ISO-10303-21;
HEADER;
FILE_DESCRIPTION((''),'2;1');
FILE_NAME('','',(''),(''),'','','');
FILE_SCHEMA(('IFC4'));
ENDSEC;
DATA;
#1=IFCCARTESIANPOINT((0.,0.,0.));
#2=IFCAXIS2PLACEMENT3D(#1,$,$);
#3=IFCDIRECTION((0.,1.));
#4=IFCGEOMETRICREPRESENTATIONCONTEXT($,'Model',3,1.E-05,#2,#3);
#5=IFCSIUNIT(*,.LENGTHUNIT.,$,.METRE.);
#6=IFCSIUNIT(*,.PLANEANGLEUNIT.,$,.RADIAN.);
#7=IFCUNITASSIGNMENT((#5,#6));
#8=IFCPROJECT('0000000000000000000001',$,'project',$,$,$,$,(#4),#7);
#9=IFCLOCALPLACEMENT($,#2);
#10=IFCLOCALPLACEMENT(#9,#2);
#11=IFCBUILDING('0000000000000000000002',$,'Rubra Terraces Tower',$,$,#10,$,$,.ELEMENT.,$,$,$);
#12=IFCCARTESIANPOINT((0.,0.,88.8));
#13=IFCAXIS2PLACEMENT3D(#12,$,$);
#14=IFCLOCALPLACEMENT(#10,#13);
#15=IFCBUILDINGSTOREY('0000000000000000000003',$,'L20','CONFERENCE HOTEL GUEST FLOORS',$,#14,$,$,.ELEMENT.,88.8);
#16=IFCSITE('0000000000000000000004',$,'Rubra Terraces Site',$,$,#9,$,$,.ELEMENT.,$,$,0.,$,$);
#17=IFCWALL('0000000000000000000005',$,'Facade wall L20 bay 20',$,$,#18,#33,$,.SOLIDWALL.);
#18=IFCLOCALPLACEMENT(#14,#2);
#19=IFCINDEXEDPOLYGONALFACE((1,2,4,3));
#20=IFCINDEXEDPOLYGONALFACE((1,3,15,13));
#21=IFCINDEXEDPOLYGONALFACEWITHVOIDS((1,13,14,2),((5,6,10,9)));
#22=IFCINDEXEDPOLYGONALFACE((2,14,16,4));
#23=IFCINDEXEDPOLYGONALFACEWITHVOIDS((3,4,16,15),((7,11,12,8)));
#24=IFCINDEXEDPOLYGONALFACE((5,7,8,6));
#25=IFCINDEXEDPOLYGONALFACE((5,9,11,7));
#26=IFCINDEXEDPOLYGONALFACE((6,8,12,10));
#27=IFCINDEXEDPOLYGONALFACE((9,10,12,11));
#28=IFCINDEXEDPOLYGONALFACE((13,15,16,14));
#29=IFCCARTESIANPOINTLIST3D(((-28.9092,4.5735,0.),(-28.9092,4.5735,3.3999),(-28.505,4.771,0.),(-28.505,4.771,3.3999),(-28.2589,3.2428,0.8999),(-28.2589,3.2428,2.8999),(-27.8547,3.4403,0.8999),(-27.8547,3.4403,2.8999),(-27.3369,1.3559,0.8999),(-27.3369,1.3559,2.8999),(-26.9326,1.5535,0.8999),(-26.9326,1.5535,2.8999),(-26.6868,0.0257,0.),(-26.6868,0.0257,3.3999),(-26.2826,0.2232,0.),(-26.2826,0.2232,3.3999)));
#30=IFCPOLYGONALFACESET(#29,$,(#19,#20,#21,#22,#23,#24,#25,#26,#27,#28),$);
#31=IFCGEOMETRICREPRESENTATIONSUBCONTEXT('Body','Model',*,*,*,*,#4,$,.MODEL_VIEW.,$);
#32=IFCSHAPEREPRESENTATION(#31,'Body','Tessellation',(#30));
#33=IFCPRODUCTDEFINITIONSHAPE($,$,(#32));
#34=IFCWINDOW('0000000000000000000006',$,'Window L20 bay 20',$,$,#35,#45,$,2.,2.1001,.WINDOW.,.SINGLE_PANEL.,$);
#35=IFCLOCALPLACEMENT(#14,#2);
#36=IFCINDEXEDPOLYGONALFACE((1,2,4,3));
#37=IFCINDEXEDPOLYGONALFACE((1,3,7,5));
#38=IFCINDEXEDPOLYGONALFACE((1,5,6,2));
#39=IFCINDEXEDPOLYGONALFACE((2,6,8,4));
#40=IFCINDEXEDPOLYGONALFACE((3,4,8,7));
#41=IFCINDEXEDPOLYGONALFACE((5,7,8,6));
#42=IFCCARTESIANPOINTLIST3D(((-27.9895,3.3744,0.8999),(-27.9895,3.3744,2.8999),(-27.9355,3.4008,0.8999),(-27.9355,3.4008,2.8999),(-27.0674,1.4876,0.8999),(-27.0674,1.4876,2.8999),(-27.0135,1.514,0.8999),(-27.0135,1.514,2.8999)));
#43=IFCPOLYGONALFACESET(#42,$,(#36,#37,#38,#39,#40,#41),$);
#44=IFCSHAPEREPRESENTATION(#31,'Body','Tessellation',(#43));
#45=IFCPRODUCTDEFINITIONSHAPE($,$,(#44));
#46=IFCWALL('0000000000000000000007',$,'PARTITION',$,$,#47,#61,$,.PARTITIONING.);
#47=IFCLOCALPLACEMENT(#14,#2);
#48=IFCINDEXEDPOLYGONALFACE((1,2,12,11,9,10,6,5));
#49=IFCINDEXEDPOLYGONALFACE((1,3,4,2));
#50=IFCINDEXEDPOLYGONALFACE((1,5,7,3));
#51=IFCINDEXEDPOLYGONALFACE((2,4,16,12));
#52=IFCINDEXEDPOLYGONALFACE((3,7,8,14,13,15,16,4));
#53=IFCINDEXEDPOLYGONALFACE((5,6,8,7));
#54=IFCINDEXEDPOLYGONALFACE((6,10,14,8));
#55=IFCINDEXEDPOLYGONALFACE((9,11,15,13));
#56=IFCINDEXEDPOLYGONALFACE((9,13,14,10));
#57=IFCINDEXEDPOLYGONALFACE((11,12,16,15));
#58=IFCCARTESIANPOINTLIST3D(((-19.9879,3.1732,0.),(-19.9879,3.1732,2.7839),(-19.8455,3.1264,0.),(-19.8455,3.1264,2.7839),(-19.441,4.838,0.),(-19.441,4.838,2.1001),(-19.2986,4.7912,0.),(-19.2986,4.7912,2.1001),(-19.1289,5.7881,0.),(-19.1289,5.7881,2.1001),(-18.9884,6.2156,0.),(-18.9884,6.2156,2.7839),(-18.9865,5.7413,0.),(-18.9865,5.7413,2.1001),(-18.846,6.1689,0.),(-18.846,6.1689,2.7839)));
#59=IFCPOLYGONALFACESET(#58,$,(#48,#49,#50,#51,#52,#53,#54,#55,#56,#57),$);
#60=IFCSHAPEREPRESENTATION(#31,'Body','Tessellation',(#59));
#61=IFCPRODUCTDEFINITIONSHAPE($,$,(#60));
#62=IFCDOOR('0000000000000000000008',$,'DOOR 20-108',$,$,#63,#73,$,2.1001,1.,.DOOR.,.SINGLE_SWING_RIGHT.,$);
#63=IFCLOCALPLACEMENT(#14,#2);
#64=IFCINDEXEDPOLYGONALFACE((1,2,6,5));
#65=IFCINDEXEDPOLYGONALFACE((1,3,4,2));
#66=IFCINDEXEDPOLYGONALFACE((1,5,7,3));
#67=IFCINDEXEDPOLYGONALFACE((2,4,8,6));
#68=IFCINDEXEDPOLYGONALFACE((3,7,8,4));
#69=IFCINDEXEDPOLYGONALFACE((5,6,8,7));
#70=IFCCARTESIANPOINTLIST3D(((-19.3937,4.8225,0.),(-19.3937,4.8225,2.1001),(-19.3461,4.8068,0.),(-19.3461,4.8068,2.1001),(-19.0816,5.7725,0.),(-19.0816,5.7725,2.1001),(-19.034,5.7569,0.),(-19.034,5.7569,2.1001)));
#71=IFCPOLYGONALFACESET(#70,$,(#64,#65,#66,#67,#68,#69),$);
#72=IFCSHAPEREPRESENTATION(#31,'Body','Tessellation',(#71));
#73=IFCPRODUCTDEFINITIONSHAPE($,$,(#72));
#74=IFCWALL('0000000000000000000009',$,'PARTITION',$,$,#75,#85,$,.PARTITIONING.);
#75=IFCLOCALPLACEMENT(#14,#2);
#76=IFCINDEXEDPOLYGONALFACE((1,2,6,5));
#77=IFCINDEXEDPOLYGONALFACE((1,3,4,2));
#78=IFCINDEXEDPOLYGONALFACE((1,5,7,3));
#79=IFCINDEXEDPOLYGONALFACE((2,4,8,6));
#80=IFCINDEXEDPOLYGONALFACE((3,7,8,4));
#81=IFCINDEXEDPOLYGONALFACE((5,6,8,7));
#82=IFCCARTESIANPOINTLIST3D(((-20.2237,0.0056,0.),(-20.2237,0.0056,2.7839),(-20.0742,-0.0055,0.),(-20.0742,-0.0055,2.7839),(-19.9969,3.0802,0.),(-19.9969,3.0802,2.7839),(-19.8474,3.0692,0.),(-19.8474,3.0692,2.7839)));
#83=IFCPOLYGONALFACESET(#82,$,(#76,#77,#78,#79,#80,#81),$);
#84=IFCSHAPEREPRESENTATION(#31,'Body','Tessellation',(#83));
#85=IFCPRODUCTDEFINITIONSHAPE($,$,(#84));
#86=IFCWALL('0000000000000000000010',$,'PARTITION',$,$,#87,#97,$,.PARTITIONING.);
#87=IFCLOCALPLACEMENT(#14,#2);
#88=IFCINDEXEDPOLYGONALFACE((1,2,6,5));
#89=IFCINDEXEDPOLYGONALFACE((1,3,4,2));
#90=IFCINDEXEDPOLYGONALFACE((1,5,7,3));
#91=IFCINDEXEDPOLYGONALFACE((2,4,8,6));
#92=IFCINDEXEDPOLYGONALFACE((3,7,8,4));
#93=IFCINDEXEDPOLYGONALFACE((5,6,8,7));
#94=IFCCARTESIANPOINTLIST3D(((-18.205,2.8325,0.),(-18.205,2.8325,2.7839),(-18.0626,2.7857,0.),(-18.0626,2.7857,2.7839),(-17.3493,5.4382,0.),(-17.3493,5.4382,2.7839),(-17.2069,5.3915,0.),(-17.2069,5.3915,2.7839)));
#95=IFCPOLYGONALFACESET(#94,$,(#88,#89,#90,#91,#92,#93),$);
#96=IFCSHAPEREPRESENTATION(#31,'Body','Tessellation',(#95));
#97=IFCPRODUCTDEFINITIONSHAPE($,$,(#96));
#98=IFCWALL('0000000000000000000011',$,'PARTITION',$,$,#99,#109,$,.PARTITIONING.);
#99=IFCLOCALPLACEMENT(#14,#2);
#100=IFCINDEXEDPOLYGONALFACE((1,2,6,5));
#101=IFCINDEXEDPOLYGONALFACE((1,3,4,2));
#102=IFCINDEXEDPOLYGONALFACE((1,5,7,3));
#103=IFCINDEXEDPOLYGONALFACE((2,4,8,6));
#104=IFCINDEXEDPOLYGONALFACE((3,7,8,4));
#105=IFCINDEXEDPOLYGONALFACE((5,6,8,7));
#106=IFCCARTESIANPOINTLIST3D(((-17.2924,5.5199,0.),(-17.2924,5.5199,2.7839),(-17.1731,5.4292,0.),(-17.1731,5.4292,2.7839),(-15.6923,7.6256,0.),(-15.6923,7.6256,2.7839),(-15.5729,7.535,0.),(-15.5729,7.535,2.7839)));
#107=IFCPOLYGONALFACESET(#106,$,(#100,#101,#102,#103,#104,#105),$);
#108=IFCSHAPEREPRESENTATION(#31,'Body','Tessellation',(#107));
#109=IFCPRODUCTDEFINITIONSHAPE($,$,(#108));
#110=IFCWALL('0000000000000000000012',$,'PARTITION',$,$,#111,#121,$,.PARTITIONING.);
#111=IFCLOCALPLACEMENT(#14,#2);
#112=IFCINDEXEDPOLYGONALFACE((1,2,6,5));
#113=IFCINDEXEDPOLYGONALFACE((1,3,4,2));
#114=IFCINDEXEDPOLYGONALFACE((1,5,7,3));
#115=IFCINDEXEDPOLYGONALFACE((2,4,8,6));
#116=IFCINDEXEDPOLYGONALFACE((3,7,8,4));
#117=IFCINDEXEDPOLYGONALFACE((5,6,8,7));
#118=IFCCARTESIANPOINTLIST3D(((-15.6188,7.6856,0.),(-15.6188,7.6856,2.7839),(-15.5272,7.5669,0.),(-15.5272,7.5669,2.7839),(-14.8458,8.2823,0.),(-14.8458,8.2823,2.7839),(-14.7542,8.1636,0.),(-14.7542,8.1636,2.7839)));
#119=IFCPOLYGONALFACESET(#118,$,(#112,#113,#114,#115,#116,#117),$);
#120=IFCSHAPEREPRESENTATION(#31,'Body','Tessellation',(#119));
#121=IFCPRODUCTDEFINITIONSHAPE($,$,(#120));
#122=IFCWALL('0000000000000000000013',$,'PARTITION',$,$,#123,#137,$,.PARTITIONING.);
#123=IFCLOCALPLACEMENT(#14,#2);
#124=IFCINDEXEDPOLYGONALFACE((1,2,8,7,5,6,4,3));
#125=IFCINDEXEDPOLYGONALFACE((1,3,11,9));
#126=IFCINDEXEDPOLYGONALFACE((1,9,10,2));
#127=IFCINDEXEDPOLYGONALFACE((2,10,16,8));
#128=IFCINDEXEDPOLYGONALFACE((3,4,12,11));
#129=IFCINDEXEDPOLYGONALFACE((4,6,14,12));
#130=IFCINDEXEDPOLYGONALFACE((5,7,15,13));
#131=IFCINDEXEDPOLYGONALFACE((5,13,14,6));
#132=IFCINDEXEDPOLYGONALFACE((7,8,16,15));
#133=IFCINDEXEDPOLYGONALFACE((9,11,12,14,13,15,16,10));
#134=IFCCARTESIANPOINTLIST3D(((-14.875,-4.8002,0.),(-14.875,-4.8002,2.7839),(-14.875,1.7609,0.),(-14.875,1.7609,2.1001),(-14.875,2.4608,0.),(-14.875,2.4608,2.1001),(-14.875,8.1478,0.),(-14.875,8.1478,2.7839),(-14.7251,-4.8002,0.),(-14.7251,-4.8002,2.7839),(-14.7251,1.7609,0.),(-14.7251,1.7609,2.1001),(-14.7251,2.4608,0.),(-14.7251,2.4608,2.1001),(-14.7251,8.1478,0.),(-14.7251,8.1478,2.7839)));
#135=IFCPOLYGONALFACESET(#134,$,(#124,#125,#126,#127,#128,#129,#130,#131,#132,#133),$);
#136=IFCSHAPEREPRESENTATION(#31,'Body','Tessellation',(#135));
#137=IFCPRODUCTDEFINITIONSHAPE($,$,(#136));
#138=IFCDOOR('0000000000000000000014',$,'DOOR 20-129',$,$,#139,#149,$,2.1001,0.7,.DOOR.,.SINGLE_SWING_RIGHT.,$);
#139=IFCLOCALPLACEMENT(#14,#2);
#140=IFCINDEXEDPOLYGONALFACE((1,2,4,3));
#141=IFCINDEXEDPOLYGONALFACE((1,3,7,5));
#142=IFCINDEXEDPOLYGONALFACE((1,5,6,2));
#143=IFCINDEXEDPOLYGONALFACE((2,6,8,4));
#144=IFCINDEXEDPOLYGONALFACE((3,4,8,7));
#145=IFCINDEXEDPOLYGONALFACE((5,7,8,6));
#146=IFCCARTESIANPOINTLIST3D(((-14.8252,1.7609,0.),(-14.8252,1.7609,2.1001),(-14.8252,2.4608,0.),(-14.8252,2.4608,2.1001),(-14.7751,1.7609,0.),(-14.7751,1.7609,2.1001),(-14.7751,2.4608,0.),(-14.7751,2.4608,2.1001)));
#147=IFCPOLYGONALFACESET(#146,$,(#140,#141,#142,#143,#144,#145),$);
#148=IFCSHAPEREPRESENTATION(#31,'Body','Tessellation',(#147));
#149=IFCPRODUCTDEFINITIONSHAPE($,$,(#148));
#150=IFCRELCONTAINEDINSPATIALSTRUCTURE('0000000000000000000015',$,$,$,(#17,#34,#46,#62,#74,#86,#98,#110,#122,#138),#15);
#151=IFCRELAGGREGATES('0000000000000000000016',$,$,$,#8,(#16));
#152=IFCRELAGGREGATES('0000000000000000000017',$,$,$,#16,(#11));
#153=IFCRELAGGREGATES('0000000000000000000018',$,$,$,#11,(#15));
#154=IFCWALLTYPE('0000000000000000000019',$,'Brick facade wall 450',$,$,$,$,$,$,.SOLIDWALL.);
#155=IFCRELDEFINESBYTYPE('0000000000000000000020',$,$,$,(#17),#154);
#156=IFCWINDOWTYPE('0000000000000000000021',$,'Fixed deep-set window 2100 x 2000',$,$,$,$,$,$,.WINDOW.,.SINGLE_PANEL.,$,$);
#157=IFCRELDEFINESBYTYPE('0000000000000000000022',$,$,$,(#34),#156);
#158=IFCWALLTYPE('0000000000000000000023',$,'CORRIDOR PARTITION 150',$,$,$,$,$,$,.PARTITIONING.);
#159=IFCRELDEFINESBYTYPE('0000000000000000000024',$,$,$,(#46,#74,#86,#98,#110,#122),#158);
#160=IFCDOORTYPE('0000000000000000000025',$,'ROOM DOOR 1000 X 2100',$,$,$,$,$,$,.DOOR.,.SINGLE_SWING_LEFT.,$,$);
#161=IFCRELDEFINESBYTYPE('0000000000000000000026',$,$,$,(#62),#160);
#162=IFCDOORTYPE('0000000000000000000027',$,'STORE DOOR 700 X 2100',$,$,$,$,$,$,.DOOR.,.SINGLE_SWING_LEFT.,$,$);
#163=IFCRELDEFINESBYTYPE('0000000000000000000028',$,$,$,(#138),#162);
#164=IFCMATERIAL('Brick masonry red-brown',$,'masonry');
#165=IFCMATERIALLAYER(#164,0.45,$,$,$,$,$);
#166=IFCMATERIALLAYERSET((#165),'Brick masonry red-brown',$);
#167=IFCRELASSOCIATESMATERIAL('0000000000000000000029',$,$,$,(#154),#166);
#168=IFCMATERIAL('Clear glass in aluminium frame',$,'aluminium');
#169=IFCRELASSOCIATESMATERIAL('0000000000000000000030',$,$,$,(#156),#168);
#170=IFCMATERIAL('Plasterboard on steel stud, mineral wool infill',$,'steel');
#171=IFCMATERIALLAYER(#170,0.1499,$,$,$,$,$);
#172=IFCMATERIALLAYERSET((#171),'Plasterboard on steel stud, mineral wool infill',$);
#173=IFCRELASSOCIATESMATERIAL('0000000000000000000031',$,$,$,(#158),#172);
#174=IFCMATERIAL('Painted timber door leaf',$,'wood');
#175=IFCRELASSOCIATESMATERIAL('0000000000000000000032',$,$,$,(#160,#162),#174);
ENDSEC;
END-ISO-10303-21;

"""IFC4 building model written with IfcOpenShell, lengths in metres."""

from ifc_helpers import new_model, si_unit, direction, frame, frame_2d, origin, place, context, subcontext, project, spatial, rectangle, extrude, material, layer, layer_set, type_object, element, fill, save


model = new_model("IFC4")

# Units and contexts
model_context = context("Model", 3, precision=1e-05, world=origin(), true_north=direction((0.0, 1.0)))
body_context = subcontext(model_context, "Body", "Model", "MODEL_VIEW")
ifc_project = project(units=[si_unit("LENGTHUNIT", "METRE"), si_unit("PLANEANGLEUNIT", "RADIAN")], contexts=[model_context])

# Site, building, storey
site_placement = place(None, origin())
site = spatial("IfcSite", under=ifc_project, at=site_placement, Name="Rubra Terraces Site", CompositionType="ELEMENT", RefElevation=0.0)
building_placement = place(site_placement, origin())
building = spatial("IfcBuilding", under=site, at=building_placement, Name="Rubra Terraces Tower", CompositionType="ELEMENT")
storey_placement = place(building_placement, frame((0.0, 0.0, 88.8)))
storey = spatial("IfcBuildingStorey", under=building, at=storey_placement, Name="L20", Description="CONFERENCE HOTEL GUEST FLOORS", CompositionType="ELEMENT", Elevation=88.8)

# Wall, opening, window
ifc_material_1 = material(Name="Brick masonry red-brown", Category="masonry")
ifc_layer_1 = layer(ifc_material_1, 0.45)
ifc_layer_set_1 = layer_set([ifc_layer_1], Name="Brick masonry red-brown")
wall_type_1 = type_object("IfcWallType", Name="Brick facade wall 450", PredefinedType="SOLIDWALL", material=ifc_layer_set_1)
wall_1_placement = place(storey_placement, frame((-28.707, 4.6721, 0.0), z_axis=(0.0, 0.0, 1.0), x_axis=(0.439054, -0.898461, 0.0)))
wall_1 = element("IfcWall", 1, at=wall_1_placement, inside=storey, type_object=wall_type_1, Name="Facade wall L20 bay 20", PredefinedType="SOLIDWALL", context=body_context, shape_type="SweptSolid", body=[
    extrude(rectangle(XDim=5.0618, YDim=0.45, at=frame_2d((2.5308, 0.0))), origin(), (0.0, 0.0, 1.0), 3.3999),
])
opening_1_placement = place(wall_1_placement, frame((1.481, 0.0, 0.8999)))
opening_1 = element("IfcOpeningElement", 2, at=opening_1_placement, cuts=wall_1, PredefinedType="OPENING", context=body_context, shape_type="SweptSolid", body=[
    extrude(rectangle(XDim=2.1001, YDim=2.0, at=frame_2d((1.05, 1.0))), frame((0.0, 0.2349, 0.0), z_axis=(0.0, -1.0, 0.0), x_axis=(1.0, 0.0, 0.0)), (0.0, 0.0, 1.0), 0.47),
])
ifc_material_2 = material(Name="Clear glass in aluminium frame", Category="aluminium")
window_type = type_object("IfcWindowType", Name="Fixed deep-set window 2100 x 2000", PartitioningType="SINGLE_PANEL", PredefinedType="WINDOW", material=ifc_material_2)
window_placement = place(opening_1_placement, origin())
window = element("IfcWindow", 3, at=window_placement, inside=storey, type_object=window_type, Name="Window L20 bay 20", OverallHeight=2.0, OverallWidth=2.1001, PartitioningType="SINGLE_PANEL", PredefinedType="WINDOW", context=body_context, shape_type="SweptSolid", body=[
    extrude(rectangle(XDim=2.1001, YDim=2.0, at=frame_2d((1.05, 1.0))), frame((0.0, 0.135, 0.0), z_axis=(0.0, -1.0, 0.0), x_axis=(1.0, 0.0, 0.0)), (0.0, 0.0, 1.0), 0.0601),
])
fill(opening_1, window)

# Wall, opening, door
ifc_material_3 = material(Name="Plasterboard on steel stud, mineral wool infill", Category="steel")
ifc_layer_2 = layer(ifc_material_3, 0.1499)
ifc_layer_set_2 = layer_set([ifc_layer_2], Name="Plasterboard on steel stud, mineral wool infill")
wall_type_2 = type_object("IfcWallType", Name="CORRIDOR PARTITION 150", PredefinedType="PARTITIONING", material=ifc_layer_set_2)
wall_2_placement = place(storey_placement, frame((-18.9172, 6.1921, 0.0), z_axis=(0.0, 0.0, 1.0), x_axis=(-0.312108, -0.950047, 0.0)))
wall_2 = element("IfcWall", 4, at=wall_2_placement, inside=storey, type_object=wall_type_2, Name="PARTITION", PredefinedType="PARTITIONING", context=body_context, shape_type="SweptSolid", body=[
    extrude(rectangle(XDim=3.2024, YDim=0.1499, at=frame_2d((1.6011, 0.0))), origin(), (0.0, 0.0, 1.0), 2.7839),
])
opening_2_placement = place(wall_2_placement, frame((0.45, 0.0, 0.0)))
opening_2 = element("IfcOpeningElement", 5, at=opening_2_placement, cuts=wall_2, PredefinedType="OPENING", context=body_context, shape_type="SweptSolid", body=[
    extrude(rectangle(XDim=1.0, YDim=2.1001, at=frame_2d((0.5, 1.05))), frame((0.0, 0.085, 0.0), z_axis=(0.0, -1.0, 0.0), x_axis=(1.0, 0.0, 0.0)), (0.0, 0.0, 1.0), 0.1699),
])
ifc_material_4 = material(Name="Painted timber door leaf", Category="wood")
door_type_1 = type_object("IfcDoorType", Name="ROOM DOOR 1000 X 2100", OperationType="SINGLE_SWING_LEFT", PredefinedType="DOOR", material=ifc_material_4)
door_1_placement = place(opening_2_placement, origin())
door_1 = element("IfcDoor", 6, at=door_1_placement, inside=storey, type_object=door_type_1, Name="DOOR 20-108", OperationType="SINGLE_SWING_RIGHT", OverallHeight=2.1001, OverallWidth=1.0, PredefinedType="DOOR", context=body_context, shape_type="SweptSolid", body=[
    extrude(rectangle(XDim=1.0, YDim=2.1001, at=frame_2d((0.5, 1.05))), frame((0.0, 0.0249, 0.0), z_axis=(0.0, -1.0, 0.0), x_axis=(1.0, 0.0, 0.0)), (0.0, 0.0, 1.0), 0.05),
])
fill(opening_2, door_1)

# Walls
wall_3_placement = place(storey_placement, frame((-19.9221, 3.0747, 0.0), z_axis=(0.0, 0.0, 1.0), x_axis=(-0.073565, -0.99729, 0.0)))
element("IfcWall", 7, at=wall_3_placement, inside=storey, type_object=wall_type_2, Name="PARTITION", PredefinedType="PARTITIONING", context=body_context, shape_type="SweptSolid", body=[
    extrude(rectangle(XDim=3.083, YDim=0.1499, at=frame_2d((1.5415, 0.0))), origin(), (0.0, 0.0, 1.0), 2.7839),
])
wall_4_placement = place(storey_placement, frame((-18.1338, 2.8091, 0.0), z_axis=(0.0, 0.0, 1.0), x_axis=(0.312005, 0.95008, 0.0)))
element("IfcWall", 8, at=wall_4_placement, inside=storey, type_object=wall_type_2, Name="PARTITION", PredefinedType="PARTITIONING", context=body_context, shape_type="SweptSolid", body=[
    extrude(rectangle(XDim=2.7427, YDim=0.1499, at=frame_2d((1.3713, 0.0))), origin(), (0.0, 0.0, 1.0), 2.7839),
])
wall_5_placement = place(storey_placement, frame((-17.2327, 5.4746, 0.0), z_axis=(0.0, 0.0, 1.0), x_axis=(0.605025, 0.796207, 0.0)))
element("IfcWall", 9, at=wall_5_placement, inside=storey, type_object=wall_type_2, Name="PARTITION", PredefinedType="PARTITIONING", context=body_context, shape_type="SweptSolid", body=[
    extrude(rectangle(XDim=2.6448, YDim=0.1499, at=frame_2d((1.3223, 0.0))), origin(), (0.0, 0.0, 1.0), 2.7839),
])
wall_6_placement = place(storey_placement, frame((-15.573, 7.6262, 0.0), z_axis=(0.0, 0.0, 1.0), x_axis=(0.791582, 0.611063, 0.0)))
element("IfcWall", 10, at=wall_6_placement, inside=storey, type_object=wall_type_2, Name="PARTITION", PredefinedType="PARTITIONING", context=body_context, shape_type="SweptSolid", body=[
    extrude(rectangle(XDim=0.9766, YDim=0.1499, at=frame_2d((0.4883, 0.0))), origin(), (0.0, 0.0, 1.0), 2.7839),
])

# Wall, opening, door
wall_7_placement = place(storey_placement, frame((-14.8, 8.1479, 0.0), z_axis=(0.0, 0.0, 1.0), x_axis=(0.0, -1.0, 0.0)))
wall_7 = element("IfcWall", 11, at=wall_7_placement, inside=storey, type_object=wall_type_2, Name="PARTITION", PredefinedType="PARTITIONING", context=body_context, shape_type="SweptSolid", body=[
    extrude(rectangle(XDim=12.948, YDim=0.1499, at=frame_2d((6.4741, 0.0))), origin(), (0.0, 0.0, 1.0), 2.7839),
])
opening_3_placement = place(wall_7_placement, frame((5.687, 0.0, 0.0)))
opening_3 = element("IfcOpeningElement", 12, at=opening_3_placement, cuts=wall_7, PredefinedType="OPENING", context=body_context, shape_type="SweptSolid", body=[
    extrude(rectangle(XDim=0.7, YDim=2.1001, at=frame_2d((0.3501, 1.05))), frame((0.0, 0.085, 0.0), z_axis=(0.0, -1.0, 0.0), x_axis=(1.0, 0.0, 0.0)), (0.0, 0.0, 1.0), 0.1699),
])
door_type_2 = type_object("IfcDoorType", Name="STORE DOOR 700 X 2100", OperationType="SINGLE_SWING_LEFT", PredefinedType="DOOR", material=ifc_material_4)
door_2_placement = place(opening_3_placement, origin())
door_2 = element("IfcDoor", 13, at=door_2_placement, inside=storey, type_object=door_type_2, Name="DOOR 20-129", OperationType="SINGLE_SWING_RIGHT", OverallHeight=2.1001, OverallWidth=0.7, PredefinedType="DOOR", context=body_context, shape_type="SweptSolid", body=[
    extrude(rectangle(XDim=0.7, YDim=2.1001, at=frame_2d((0.3501, 1.05))), frame((0.0, 0.0249, 0.0), z_axis=(0.0, -1.0, 0.0), x_axis=(1.0, 0.0, 0.0)), (0.0, 0.0, 1.0), 0.05),
])
fill(opening_3, door_2)

save(model, "model.ifc")
